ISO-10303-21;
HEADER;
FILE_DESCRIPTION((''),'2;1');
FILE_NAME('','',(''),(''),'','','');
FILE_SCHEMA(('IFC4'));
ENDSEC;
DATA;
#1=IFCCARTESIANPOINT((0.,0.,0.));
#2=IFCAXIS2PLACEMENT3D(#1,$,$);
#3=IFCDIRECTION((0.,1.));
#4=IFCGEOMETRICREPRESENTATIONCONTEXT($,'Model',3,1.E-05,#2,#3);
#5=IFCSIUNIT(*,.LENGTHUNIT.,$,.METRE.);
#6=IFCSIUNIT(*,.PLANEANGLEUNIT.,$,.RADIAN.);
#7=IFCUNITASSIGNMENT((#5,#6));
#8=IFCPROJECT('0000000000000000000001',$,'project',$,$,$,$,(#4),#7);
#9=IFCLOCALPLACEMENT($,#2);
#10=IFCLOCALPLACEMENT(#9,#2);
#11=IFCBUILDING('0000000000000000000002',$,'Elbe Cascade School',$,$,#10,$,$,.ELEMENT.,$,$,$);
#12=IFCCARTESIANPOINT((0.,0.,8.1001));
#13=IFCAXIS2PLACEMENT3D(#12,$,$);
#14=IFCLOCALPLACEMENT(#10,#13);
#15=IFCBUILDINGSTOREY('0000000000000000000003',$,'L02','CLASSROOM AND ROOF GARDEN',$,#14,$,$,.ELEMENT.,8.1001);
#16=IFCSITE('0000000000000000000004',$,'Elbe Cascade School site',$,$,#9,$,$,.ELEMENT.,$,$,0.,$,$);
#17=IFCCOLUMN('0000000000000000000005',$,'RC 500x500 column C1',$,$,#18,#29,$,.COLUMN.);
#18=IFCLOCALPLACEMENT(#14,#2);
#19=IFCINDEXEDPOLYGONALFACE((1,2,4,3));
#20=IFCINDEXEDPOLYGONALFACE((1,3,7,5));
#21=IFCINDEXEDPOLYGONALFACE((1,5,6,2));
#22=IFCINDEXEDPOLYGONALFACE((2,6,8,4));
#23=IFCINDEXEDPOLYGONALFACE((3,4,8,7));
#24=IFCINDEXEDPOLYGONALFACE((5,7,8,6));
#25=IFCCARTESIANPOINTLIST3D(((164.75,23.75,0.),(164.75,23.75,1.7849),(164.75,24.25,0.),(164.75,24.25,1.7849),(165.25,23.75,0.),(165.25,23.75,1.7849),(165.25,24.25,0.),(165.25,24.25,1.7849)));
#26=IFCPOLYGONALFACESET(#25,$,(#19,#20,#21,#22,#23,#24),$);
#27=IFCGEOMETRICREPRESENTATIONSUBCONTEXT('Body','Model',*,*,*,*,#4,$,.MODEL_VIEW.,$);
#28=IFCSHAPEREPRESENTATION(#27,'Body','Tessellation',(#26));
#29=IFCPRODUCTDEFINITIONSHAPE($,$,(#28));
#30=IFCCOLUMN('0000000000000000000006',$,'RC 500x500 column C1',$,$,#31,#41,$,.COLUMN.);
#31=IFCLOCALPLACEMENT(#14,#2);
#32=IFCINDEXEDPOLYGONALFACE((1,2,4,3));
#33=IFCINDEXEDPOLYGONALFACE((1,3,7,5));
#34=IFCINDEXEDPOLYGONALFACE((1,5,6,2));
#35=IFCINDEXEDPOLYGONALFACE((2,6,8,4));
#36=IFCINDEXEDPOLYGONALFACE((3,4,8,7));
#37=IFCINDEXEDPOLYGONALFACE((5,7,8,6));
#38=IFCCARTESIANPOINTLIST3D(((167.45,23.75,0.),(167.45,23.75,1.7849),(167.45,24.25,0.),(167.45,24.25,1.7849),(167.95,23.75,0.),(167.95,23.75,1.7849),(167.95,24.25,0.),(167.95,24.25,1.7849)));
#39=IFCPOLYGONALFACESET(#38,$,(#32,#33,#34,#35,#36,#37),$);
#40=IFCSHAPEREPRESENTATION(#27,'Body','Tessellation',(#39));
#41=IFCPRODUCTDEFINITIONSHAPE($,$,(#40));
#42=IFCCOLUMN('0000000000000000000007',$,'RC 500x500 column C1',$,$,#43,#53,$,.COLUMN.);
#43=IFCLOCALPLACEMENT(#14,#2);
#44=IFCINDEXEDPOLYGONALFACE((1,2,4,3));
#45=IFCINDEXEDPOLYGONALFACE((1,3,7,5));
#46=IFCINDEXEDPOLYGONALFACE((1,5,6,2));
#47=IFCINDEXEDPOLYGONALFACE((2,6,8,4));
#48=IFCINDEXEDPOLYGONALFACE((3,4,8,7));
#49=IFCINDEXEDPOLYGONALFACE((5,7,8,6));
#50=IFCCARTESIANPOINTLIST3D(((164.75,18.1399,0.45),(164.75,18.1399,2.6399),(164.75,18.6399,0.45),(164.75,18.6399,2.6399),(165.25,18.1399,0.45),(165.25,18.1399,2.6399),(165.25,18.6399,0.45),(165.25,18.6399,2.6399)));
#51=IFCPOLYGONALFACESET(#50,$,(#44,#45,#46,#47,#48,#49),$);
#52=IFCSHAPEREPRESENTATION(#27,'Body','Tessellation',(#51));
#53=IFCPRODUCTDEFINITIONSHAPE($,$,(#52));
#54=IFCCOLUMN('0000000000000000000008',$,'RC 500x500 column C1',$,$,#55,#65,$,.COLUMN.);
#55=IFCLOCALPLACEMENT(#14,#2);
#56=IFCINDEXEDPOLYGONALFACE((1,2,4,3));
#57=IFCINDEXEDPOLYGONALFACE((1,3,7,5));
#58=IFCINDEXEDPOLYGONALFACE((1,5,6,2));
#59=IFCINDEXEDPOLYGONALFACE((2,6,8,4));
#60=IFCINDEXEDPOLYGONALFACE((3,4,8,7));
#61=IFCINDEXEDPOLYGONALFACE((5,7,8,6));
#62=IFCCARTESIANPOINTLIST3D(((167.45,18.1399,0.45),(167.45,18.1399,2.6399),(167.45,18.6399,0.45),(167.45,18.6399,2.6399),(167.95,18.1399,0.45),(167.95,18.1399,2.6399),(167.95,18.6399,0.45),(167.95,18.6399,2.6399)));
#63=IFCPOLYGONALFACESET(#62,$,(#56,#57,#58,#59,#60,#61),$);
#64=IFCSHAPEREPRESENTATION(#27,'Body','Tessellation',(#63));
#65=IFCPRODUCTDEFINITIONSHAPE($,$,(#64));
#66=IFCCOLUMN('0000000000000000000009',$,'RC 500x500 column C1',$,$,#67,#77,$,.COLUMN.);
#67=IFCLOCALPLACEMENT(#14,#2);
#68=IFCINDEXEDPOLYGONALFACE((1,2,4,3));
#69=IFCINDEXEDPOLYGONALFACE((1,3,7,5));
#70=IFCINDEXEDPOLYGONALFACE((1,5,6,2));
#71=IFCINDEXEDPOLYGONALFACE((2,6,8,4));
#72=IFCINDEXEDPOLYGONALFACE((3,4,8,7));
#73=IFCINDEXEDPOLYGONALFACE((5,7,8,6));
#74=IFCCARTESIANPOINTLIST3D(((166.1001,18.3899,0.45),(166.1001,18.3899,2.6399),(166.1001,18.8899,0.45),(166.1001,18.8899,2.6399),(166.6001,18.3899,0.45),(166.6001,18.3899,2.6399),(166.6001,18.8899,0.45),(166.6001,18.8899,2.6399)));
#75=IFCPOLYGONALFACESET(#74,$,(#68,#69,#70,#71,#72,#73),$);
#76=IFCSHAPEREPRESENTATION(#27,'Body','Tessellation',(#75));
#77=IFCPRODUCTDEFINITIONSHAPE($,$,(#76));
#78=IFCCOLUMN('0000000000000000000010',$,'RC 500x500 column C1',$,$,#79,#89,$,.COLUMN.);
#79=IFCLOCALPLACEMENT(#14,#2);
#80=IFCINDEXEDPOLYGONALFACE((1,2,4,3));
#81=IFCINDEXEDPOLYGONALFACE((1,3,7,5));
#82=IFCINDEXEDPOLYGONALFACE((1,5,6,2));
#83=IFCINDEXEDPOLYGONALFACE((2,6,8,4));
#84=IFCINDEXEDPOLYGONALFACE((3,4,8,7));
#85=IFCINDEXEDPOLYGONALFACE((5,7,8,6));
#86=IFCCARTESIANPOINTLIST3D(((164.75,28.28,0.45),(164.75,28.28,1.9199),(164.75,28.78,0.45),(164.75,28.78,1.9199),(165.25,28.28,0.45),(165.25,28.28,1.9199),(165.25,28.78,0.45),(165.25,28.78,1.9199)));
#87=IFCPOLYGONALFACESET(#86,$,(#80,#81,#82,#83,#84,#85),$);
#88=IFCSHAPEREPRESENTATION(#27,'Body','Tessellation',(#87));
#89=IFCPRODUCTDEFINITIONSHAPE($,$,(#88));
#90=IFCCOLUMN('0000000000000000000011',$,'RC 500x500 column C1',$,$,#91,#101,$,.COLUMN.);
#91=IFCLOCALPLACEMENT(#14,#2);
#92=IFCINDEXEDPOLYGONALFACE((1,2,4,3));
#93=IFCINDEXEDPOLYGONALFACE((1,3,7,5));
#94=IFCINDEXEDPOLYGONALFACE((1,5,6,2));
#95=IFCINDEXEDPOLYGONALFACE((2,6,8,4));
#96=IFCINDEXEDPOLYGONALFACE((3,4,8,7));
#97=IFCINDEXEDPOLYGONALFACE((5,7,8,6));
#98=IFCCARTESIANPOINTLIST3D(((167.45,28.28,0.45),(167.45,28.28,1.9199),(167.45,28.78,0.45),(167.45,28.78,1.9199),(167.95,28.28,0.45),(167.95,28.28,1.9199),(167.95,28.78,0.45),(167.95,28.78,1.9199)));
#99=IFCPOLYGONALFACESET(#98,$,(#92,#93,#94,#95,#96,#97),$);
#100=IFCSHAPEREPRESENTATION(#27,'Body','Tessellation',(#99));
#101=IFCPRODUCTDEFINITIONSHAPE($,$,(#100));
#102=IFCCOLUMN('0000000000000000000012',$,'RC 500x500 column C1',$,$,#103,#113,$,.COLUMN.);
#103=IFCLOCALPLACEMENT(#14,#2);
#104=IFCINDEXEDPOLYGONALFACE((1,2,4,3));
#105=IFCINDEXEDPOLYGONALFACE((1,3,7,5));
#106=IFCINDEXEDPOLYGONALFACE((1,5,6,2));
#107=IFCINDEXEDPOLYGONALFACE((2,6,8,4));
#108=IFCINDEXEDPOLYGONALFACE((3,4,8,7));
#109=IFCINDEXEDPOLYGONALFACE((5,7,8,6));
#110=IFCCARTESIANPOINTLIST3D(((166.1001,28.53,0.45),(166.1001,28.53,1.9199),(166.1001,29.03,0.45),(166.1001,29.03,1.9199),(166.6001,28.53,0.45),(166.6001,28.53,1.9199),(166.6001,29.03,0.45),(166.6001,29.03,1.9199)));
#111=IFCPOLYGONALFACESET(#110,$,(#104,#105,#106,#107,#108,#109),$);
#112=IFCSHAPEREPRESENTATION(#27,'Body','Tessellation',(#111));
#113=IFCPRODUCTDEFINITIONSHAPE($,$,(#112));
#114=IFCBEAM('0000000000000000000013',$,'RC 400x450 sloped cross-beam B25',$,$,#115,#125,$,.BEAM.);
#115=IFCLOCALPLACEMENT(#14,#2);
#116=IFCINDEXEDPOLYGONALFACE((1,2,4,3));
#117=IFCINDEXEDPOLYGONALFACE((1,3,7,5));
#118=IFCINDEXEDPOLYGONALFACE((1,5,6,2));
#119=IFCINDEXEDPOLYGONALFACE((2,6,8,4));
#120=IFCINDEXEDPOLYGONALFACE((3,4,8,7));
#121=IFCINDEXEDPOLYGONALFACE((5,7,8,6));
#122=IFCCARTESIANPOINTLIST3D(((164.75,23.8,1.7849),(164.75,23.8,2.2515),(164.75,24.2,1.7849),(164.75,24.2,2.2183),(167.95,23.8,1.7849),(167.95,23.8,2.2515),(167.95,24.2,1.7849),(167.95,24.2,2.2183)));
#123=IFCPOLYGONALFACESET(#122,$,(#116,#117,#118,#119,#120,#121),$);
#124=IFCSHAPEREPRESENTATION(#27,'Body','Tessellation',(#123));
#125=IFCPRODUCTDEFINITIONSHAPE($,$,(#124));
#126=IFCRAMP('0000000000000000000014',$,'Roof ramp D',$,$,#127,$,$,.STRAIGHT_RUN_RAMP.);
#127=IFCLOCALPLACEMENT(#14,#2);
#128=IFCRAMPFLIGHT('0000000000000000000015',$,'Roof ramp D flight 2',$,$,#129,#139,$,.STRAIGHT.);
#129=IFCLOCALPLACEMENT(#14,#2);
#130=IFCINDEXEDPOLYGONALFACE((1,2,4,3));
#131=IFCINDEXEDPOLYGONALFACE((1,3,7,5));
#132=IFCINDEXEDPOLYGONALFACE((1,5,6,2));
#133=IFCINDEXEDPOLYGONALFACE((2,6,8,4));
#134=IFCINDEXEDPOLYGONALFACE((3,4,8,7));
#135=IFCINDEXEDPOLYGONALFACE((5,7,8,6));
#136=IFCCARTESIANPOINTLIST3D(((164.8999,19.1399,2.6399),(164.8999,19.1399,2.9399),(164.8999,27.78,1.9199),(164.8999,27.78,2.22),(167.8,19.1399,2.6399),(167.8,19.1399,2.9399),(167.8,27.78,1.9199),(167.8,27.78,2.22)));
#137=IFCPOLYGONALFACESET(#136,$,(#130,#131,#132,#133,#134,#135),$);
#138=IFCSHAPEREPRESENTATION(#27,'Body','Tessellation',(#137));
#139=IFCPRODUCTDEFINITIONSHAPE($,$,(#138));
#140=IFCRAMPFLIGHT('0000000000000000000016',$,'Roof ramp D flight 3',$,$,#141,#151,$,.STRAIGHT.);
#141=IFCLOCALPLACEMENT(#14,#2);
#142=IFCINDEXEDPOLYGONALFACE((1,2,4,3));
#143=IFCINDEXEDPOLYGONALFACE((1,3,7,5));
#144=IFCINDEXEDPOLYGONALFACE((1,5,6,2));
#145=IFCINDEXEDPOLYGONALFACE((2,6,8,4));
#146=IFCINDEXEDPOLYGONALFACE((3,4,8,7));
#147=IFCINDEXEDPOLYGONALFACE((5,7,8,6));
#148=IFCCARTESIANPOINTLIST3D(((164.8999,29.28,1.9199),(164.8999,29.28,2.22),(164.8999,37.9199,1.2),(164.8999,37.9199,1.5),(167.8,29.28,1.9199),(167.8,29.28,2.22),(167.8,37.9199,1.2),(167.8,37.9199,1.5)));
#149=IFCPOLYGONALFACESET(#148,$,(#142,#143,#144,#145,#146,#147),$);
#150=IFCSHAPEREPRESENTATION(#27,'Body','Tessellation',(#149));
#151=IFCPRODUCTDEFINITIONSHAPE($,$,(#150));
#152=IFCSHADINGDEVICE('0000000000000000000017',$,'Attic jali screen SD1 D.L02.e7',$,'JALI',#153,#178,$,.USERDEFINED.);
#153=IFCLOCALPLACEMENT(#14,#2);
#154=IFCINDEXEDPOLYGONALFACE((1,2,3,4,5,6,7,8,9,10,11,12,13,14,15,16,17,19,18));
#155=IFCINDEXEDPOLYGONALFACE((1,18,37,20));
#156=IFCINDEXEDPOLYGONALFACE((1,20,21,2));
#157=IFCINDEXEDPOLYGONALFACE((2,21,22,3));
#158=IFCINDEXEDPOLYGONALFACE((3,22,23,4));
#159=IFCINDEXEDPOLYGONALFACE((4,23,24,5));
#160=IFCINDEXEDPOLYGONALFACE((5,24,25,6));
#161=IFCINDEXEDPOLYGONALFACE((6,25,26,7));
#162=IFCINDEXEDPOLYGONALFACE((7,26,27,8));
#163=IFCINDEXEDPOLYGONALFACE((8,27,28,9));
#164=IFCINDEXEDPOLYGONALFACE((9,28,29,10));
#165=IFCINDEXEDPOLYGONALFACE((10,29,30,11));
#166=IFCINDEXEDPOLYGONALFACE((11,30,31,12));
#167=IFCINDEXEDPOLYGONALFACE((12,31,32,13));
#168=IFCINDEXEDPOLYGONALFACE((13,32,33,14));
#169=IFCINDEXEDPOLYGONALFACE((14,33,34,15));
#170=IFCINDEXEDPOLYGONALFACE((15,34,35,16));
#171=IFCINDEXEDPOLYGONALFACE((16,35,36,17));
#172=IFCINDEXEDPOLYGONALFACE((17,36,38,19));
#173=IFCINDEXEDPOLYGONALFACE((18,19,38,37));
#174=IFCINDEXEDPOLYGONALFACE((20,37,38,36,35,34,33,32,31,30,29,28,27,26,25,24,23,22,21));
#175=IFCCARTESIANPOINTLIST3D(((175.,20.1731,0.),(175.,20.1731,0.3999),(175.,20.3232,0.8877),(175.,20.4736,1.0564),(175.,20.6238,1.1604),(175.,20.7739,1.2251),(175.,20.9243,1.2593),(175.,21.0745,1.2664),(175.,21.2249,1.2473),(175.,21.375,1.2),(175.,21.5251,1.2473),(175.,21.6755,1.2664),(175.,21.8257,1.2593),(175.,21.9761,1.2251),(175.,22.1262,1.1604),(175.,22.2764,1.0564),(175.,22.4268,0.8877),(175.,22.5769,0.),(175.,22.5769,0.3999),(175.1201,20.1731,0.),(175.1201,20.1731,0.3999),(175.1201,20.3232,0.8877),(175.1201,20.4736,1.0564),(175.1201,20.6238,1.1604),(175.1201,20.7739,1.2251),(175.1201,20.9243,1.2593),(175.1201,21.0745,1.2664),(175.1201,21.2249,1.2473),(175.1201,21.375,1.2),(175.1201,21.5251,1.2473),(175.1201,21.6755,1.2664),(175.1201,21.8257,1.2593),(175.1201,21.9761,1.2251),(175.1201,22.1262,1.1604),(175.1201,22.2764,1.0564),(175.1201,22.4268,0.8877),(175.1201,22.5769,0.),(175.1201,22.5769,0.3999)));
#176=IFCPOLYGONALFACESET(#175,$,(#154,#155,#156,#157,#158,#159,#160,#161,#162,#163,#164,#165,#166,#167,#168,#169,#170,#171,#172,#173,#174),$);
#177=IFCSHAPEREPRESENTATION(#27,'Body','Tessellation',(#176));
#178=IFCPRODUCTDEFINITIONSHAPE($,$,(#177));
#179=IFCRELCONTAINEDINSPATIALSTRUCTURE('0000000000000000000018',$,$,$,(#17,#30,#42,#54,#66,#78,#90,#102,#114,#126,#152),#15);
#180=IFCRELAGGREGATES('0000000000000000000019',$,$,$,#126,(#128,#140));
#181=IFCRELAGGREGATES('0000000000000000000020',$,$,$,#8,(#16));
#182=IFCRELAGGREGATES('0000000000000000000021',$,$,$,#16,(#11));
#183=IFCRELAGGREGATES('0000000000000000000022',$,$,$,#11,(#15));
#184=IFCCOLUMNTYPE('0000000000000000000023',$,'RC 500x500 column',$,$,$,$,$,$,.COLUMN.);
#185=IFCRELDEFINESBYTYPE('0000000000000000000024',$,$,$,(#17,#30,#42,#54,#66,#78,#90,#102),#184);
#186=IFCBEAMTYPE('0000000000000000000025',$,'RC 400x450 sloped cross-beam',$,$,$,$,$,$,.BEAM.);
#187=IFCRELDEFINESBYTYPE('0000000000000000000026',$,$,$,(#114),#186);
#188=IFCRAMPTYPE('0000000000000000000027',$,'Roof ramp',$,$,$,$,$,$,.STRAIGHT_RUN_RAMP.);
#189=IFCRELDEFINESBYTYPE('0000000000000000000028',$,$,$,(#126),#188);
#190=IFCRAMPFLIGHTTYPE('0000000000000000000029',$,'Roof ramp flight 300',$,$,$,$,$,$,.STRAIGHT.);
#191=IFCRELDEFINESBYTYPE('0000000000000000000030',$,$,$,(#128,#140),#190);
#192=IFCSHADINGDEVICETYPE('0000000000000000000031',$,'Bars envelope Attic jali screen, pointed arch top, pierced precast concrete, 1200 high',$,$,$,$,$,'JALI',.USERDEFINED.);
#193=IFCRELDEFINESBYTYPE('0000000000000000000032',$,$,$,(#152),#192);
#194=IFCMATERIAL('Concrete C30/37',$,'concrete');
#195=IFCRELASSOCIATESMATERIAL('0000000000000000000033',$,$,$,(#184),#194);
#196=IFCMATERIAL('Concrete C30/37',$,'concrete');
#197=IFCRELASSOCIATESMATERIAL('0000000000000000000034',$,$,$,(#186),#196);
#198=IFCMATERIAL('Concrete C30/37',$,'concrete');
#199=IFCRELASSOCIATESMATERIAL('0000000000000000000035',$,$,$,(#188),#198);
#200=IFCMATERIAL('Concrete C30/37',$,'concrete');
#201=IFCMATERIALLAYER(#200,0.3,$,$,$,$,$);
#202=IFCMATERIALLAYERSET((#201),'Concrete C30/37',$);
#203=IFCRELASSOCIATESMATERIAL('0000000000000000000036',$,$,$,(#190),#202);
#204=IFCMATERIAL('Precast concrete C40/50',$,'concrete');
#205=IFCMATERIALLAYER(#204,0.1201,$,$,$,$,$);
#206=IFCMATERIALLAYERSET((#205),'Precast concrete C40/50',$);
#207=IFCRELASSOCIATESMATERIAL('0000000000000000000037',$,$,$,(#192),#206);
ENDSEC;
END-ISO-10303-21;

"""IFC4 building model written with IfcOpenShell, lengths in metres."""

from ifc_helpers import new_model, si_unit, direction, frame, origin, origin_2d, place, context, subcontext, project, spatial, polyline, rectangle, outline, extrude, material, layer, layer_set, material_profile, profile_set, type_object, element, aggregate, save


model = new_model("IFC4")

# Units and contexts
model_context = context("Model", 3, precision=1e-05, world=origin(), true_north=direction((0.0, 1.0)))
body_context = subcontext(model_context, "Body", "Model", "MODEL_VIEW")
ifc_project = project(units=[si_unit("LENGTHUNIT", "METRE"), si_unit("PLANEANGLEUNIT", "RADIAN")], contexts=[model_context])

# Site, building, storey
site_placement = place(None, origin())
site = spatial("IfcSite", under=ifc_project, at=site_placement, Name="Elbe Cascade School site", CompositionType="ELEMENT", RefElevation=0.0)
building_placement = place(site_placement, origin())
building = spatial("IfcBuilding", under=site, at=building_placement, Name="Elbe Cascade School", CompositionType="ELEMENT")
storey_placement = place(building_placement, frame((0.0, 0.0, 8.1001)))
storey = spatial("IfcBuildingStorey", under=building, at=storey_placement, Name="L02", Description="CLASSROOM AND ROOF GARDEN", CompositionType="ELEMENT", Elevation=8.1001)

# Columns
ifc_material_1 = material(Name="Concrete C30/37", Category="concrete")
ifc_material_profile_1 = material_profile(ifc_material_1, rectangle(XDim=0.5, YDim=0.5, at=origin_2d()), Name="RC 500x500")
ifc_profile_set_1 = profile_set([ifc_material_profile_1], Name="Concrete C30/37")
column_type = type_object("IfcColumnType", Name="RC 500x500 column", PredefinedType="COLUMN", material=ifc_profile_set_1)
for number, where, z_axis, x_axis, name in (
    (1, (165.0, 24.0, 0.0), (0.0, 0.0, 1.0), (1.0, 0.0, 0.0), "RC 500x500 column C1"),
    (2, (167.7, 24.0, 0.0), (0.0, 0.0, 1.0), (1.0, 0.0, 0.0), "RC 500x500 column C1"),
):
    element("IfcColumn", number, at=place(storey_placement, frame(where, z_axis=z_axis, x_axis=x_axis)), inside=storey, type_object=column_type, Name=name, PredefinedType="COLUMN", context=body_context, shape_type="SweptSolid", body=[
        extrude(rectangle(XDim=0.5, YDim=0.5, at=origin_2d()), origin(), (0.0, 0.0, 1.0), 1.7849),
    ])
for number, where, z_axis, x_axis, name in (
    (3, (165.0, 18.3899, 0.45), (0.0, 0.0, 1.0), (1.0, 0.0, 0.0), "RC 500x500 column C1"),
    (4, (167.7, 18.3899, 0.45), (0.0, 0.0, 1.0), (1.0, 0.0, 0.0), "RC 500x500 column C1"),
    (5, (166.3501, 18.6399, 0.45), (0.0, 0.0, 1.0), (1.0, 0.0, 0.0), "RC 500x500 column C1"),
):
    element("IfcColumn", number, at=place(storey_placement, frame(where, z_axis=z_axis, x_axis=x_axis)), inside=storey, type_object=column_type, Name=name, PredefinedType="COLUMN", context=body_context, shape_type="SweptSolid", body=[
        extrude(rectangle(XDim=0.5, YDim=0.5, at=origin_2d()), origin(), (0.0, 0.0, 1.0), 2.1899),
    ])
for number, where, z_axis, x_axis, name in (
    (6, (165.0, 28.53, 0.45), (0.0, 0.0, 1.0), (1.0, 0.0, 0.0), "RC 500x500 column C1"),
    (7, (167.7, 28.53, 0.45), (0.0, 0.0, 1.0), (1.0, 0.0, 0.0), "RC 500x500 column C1"),
    (8, (166.3501, 28.78, 0.45), (0.0, 0.0, 1.0), (1.0, 0.0, 0.0), "RC 500x500 column C1"),
):
    element("IfcColumn", number, at=place(storey_placement, frame(where, z_axis=z_axis, x_axis=x_axis)), inside=storey, type_object=column_type, Name=name, PredefinedType="COLUMN", context=body_context, shape_type="SweptSolid", body=[
        extrude(rectangle(XDim=0.5, YDim=0.5, at=origin_2d()), origin(), (0.0, 0.0, 1.0), 1.47),
    ])

# Beam
ifc_material_2 = material(Name="Concrete C30/37", Category="concrete")
ifc_material_profile_2 = material_profile(ifc_material_2, outline(polyline([(-0.2, 0.0), (0.2, 0.0), (0.2, 0.4333), (-0.2, 0.4666), (-0.2, 0.0)])), Name="RC cross-beam 400x450 sloped top")
ifc_profile_set_2 = profile_set([ifc_material_profile_2], Name="Concrete C30/37")
beam_type = type_object("IfcBeamType", Name="RC 400x450 sloped cross-beam", PredefinedType="BEAM", material=ifc_profile_set_2)
beam_placement = place(storey_placement, frame((164.75, 24.0, 1.7849), z_axis=(1.0, 0.0, 0.0), x_axis=(0.0, 1.0, 0.0)))
element("IfcBeam", 9, at=beam_placement, inside=storey, type_object=beam_type, Name="RC 400x450 sloped cross-beam B25", PredefinedType="BEAM", context=body_context, shape_type="SweptSolid", body=[
    extrude(outline(polyline([(-0.2, 0.0), (0.2, 0.0), (0.2, 0.4333), (-0.2, 0.4666), (-0.2, 0.0)])), origin(), (0.0, 0.0, 1.0), 3.2),
])

# Ramp, ramp flights
ifc_material_3 = material(Name="Concrete C30/37", Category="concrete")
ramp_type = type_object("IfcRampType", Name="Roof ramp", PredefinedType="STRAIGHT_RUN_RAMP", material=ifc_material_3)
ramp_placement = place(storey_placement, origin())
ramp = element("IfcRamp", 10, at=ramp_placement, inside=storey, type_object=ramp_type, Name="Roof ramp D", PredefinedType="STRAIGHT_RUN_RAMP")
ifc_material_4 = material(Name="Concrete C30/37", Category="concrete")
ifc_layer_1 = layer(ifc_material_4, 0.3)
ifc_layer_set_1 = layer_set([ifc_layer_1], Name="Concrete C30/37")
ramp_flight_type = type_object("IfcRampFlightType", Name="Roof ramp flight 300", PredefinedType="STRAIGHT", material=ifc_layer_set_1)
ramp_flight_1_placement = place(storey_placement, frame((166.3501, 19.1399, 2.9399), z_axis=(0.0, 0.0, 1.0), x_axis=(0.0, 1.0, 0.0)))
ramp_flight_1 = element("IfcRampFlight", 11, at=ramp_flight_1_placement, type_object=ramp_flight_type, Name="Roof ramp D flight 2", PredefinedType="STRAIGHT", context=body_context, shape_type="SweptSolid", body=[
    extrude(outline(polyline([(0.0, -0.3), (8.6401, -1.02), (8.6401, -0.72), (0.0, 0.0), (0.0, -0.3)])), frame((0.0, 1.4502, 0.0), z_axis=(0.0, -1.0, 0.0), x_axis=(1.0, 0.0, 0.0)), (0.0, 0.0, 1.0), 2.9001),
])
ramp_flight_2_placement = place(storey_placement, frame((166.3501, 29.28, 2.22), z_axis=(0.0, 0.0, 1.0), x_axis=(0.0, 1.0, 0.0)))
ramp_flight_2 = element("IfcRampFlight", 12, at=ramp_flight_2_placement, type_object=ramp_flight_type, Name="Roof ramp D flight 3", PredefinedType="STRAIGHT", context=body_context, shape_type="SweptSolid", body=[
    extrude(outline(polyline([(0.0, -0.3), (8.6399, -1.02), (8.6399, -0.72), (0.0, 0.0), (0.0, -0.3)])), frame((0.0, 1.4502, 0.0), z_axis=(0.0, -1.0, 0.0), x_axis=(1.0, 0.0, 0.0)), (0.0, 0.0, 1.0), 2.9001),
])
aggregate(ramp, [ramp_flight_1, ramp_flight_2])

# Shading device
ifc_material_5 = material(Name="Precast concrete C40/50", Category="concrete")
ifc_layer_2 = layer(ifc_material_5, 0.1201)
ifc_layer_set_2 = layer_set([ifc_layer_2], Name="Precast concrete C40/50")
shading_device_type = type_object("IfcShadingDeviceType", Name="Bars envelope Attic jali screen, pointed arch top, pierced precast concrete, 1200 high", ElementType="JALI", PredefinedType="USERDEFINED", material=ifc_layer_set_2)
shading_device_1_placement = place(storey_placement, frame((175.1201, 20.1731, 0.0), z_axis=(1.0, 0.0, 0.0), x_axis=(0.0, 1.0, 0.0)))
element("IfcShadingDevice", 13, at=shading_device_1_placement, inside=storey, type_object=shading_device_type, Name="Attic jali screen SD1 D.L02.e7", ObjectType="JALI", PredefinedType="USERDEFINED", context=body_context, shape_type="SweptSolid", body=[
    extrude(outline(polyline([(0.0, 0.0), (2.4038, 0.0), (2.4038, 0.3999), (2.2537, 0.8877), (2.1033, 1.0564), (1.9531, 1.1604), (1.803, 1.2251), (1.6526, 1.2593), (1.5024, 1.2664), (1.3521, 1.2473), (1.2019, 1.2), (1.0518, 1.2473), (0.9014, 1.2664), (0.7512, 1.2593), (0.6008, 1.2251), (0.4507, 1.1604), (0.3005, 1.0564), (0.1501, 0.8877), (0.0, 0.3999), (0.0, 0.0)])), origin(), (0.0, 0.0, -1.0), 0.1201),
])

save(model, "model.ifc")
